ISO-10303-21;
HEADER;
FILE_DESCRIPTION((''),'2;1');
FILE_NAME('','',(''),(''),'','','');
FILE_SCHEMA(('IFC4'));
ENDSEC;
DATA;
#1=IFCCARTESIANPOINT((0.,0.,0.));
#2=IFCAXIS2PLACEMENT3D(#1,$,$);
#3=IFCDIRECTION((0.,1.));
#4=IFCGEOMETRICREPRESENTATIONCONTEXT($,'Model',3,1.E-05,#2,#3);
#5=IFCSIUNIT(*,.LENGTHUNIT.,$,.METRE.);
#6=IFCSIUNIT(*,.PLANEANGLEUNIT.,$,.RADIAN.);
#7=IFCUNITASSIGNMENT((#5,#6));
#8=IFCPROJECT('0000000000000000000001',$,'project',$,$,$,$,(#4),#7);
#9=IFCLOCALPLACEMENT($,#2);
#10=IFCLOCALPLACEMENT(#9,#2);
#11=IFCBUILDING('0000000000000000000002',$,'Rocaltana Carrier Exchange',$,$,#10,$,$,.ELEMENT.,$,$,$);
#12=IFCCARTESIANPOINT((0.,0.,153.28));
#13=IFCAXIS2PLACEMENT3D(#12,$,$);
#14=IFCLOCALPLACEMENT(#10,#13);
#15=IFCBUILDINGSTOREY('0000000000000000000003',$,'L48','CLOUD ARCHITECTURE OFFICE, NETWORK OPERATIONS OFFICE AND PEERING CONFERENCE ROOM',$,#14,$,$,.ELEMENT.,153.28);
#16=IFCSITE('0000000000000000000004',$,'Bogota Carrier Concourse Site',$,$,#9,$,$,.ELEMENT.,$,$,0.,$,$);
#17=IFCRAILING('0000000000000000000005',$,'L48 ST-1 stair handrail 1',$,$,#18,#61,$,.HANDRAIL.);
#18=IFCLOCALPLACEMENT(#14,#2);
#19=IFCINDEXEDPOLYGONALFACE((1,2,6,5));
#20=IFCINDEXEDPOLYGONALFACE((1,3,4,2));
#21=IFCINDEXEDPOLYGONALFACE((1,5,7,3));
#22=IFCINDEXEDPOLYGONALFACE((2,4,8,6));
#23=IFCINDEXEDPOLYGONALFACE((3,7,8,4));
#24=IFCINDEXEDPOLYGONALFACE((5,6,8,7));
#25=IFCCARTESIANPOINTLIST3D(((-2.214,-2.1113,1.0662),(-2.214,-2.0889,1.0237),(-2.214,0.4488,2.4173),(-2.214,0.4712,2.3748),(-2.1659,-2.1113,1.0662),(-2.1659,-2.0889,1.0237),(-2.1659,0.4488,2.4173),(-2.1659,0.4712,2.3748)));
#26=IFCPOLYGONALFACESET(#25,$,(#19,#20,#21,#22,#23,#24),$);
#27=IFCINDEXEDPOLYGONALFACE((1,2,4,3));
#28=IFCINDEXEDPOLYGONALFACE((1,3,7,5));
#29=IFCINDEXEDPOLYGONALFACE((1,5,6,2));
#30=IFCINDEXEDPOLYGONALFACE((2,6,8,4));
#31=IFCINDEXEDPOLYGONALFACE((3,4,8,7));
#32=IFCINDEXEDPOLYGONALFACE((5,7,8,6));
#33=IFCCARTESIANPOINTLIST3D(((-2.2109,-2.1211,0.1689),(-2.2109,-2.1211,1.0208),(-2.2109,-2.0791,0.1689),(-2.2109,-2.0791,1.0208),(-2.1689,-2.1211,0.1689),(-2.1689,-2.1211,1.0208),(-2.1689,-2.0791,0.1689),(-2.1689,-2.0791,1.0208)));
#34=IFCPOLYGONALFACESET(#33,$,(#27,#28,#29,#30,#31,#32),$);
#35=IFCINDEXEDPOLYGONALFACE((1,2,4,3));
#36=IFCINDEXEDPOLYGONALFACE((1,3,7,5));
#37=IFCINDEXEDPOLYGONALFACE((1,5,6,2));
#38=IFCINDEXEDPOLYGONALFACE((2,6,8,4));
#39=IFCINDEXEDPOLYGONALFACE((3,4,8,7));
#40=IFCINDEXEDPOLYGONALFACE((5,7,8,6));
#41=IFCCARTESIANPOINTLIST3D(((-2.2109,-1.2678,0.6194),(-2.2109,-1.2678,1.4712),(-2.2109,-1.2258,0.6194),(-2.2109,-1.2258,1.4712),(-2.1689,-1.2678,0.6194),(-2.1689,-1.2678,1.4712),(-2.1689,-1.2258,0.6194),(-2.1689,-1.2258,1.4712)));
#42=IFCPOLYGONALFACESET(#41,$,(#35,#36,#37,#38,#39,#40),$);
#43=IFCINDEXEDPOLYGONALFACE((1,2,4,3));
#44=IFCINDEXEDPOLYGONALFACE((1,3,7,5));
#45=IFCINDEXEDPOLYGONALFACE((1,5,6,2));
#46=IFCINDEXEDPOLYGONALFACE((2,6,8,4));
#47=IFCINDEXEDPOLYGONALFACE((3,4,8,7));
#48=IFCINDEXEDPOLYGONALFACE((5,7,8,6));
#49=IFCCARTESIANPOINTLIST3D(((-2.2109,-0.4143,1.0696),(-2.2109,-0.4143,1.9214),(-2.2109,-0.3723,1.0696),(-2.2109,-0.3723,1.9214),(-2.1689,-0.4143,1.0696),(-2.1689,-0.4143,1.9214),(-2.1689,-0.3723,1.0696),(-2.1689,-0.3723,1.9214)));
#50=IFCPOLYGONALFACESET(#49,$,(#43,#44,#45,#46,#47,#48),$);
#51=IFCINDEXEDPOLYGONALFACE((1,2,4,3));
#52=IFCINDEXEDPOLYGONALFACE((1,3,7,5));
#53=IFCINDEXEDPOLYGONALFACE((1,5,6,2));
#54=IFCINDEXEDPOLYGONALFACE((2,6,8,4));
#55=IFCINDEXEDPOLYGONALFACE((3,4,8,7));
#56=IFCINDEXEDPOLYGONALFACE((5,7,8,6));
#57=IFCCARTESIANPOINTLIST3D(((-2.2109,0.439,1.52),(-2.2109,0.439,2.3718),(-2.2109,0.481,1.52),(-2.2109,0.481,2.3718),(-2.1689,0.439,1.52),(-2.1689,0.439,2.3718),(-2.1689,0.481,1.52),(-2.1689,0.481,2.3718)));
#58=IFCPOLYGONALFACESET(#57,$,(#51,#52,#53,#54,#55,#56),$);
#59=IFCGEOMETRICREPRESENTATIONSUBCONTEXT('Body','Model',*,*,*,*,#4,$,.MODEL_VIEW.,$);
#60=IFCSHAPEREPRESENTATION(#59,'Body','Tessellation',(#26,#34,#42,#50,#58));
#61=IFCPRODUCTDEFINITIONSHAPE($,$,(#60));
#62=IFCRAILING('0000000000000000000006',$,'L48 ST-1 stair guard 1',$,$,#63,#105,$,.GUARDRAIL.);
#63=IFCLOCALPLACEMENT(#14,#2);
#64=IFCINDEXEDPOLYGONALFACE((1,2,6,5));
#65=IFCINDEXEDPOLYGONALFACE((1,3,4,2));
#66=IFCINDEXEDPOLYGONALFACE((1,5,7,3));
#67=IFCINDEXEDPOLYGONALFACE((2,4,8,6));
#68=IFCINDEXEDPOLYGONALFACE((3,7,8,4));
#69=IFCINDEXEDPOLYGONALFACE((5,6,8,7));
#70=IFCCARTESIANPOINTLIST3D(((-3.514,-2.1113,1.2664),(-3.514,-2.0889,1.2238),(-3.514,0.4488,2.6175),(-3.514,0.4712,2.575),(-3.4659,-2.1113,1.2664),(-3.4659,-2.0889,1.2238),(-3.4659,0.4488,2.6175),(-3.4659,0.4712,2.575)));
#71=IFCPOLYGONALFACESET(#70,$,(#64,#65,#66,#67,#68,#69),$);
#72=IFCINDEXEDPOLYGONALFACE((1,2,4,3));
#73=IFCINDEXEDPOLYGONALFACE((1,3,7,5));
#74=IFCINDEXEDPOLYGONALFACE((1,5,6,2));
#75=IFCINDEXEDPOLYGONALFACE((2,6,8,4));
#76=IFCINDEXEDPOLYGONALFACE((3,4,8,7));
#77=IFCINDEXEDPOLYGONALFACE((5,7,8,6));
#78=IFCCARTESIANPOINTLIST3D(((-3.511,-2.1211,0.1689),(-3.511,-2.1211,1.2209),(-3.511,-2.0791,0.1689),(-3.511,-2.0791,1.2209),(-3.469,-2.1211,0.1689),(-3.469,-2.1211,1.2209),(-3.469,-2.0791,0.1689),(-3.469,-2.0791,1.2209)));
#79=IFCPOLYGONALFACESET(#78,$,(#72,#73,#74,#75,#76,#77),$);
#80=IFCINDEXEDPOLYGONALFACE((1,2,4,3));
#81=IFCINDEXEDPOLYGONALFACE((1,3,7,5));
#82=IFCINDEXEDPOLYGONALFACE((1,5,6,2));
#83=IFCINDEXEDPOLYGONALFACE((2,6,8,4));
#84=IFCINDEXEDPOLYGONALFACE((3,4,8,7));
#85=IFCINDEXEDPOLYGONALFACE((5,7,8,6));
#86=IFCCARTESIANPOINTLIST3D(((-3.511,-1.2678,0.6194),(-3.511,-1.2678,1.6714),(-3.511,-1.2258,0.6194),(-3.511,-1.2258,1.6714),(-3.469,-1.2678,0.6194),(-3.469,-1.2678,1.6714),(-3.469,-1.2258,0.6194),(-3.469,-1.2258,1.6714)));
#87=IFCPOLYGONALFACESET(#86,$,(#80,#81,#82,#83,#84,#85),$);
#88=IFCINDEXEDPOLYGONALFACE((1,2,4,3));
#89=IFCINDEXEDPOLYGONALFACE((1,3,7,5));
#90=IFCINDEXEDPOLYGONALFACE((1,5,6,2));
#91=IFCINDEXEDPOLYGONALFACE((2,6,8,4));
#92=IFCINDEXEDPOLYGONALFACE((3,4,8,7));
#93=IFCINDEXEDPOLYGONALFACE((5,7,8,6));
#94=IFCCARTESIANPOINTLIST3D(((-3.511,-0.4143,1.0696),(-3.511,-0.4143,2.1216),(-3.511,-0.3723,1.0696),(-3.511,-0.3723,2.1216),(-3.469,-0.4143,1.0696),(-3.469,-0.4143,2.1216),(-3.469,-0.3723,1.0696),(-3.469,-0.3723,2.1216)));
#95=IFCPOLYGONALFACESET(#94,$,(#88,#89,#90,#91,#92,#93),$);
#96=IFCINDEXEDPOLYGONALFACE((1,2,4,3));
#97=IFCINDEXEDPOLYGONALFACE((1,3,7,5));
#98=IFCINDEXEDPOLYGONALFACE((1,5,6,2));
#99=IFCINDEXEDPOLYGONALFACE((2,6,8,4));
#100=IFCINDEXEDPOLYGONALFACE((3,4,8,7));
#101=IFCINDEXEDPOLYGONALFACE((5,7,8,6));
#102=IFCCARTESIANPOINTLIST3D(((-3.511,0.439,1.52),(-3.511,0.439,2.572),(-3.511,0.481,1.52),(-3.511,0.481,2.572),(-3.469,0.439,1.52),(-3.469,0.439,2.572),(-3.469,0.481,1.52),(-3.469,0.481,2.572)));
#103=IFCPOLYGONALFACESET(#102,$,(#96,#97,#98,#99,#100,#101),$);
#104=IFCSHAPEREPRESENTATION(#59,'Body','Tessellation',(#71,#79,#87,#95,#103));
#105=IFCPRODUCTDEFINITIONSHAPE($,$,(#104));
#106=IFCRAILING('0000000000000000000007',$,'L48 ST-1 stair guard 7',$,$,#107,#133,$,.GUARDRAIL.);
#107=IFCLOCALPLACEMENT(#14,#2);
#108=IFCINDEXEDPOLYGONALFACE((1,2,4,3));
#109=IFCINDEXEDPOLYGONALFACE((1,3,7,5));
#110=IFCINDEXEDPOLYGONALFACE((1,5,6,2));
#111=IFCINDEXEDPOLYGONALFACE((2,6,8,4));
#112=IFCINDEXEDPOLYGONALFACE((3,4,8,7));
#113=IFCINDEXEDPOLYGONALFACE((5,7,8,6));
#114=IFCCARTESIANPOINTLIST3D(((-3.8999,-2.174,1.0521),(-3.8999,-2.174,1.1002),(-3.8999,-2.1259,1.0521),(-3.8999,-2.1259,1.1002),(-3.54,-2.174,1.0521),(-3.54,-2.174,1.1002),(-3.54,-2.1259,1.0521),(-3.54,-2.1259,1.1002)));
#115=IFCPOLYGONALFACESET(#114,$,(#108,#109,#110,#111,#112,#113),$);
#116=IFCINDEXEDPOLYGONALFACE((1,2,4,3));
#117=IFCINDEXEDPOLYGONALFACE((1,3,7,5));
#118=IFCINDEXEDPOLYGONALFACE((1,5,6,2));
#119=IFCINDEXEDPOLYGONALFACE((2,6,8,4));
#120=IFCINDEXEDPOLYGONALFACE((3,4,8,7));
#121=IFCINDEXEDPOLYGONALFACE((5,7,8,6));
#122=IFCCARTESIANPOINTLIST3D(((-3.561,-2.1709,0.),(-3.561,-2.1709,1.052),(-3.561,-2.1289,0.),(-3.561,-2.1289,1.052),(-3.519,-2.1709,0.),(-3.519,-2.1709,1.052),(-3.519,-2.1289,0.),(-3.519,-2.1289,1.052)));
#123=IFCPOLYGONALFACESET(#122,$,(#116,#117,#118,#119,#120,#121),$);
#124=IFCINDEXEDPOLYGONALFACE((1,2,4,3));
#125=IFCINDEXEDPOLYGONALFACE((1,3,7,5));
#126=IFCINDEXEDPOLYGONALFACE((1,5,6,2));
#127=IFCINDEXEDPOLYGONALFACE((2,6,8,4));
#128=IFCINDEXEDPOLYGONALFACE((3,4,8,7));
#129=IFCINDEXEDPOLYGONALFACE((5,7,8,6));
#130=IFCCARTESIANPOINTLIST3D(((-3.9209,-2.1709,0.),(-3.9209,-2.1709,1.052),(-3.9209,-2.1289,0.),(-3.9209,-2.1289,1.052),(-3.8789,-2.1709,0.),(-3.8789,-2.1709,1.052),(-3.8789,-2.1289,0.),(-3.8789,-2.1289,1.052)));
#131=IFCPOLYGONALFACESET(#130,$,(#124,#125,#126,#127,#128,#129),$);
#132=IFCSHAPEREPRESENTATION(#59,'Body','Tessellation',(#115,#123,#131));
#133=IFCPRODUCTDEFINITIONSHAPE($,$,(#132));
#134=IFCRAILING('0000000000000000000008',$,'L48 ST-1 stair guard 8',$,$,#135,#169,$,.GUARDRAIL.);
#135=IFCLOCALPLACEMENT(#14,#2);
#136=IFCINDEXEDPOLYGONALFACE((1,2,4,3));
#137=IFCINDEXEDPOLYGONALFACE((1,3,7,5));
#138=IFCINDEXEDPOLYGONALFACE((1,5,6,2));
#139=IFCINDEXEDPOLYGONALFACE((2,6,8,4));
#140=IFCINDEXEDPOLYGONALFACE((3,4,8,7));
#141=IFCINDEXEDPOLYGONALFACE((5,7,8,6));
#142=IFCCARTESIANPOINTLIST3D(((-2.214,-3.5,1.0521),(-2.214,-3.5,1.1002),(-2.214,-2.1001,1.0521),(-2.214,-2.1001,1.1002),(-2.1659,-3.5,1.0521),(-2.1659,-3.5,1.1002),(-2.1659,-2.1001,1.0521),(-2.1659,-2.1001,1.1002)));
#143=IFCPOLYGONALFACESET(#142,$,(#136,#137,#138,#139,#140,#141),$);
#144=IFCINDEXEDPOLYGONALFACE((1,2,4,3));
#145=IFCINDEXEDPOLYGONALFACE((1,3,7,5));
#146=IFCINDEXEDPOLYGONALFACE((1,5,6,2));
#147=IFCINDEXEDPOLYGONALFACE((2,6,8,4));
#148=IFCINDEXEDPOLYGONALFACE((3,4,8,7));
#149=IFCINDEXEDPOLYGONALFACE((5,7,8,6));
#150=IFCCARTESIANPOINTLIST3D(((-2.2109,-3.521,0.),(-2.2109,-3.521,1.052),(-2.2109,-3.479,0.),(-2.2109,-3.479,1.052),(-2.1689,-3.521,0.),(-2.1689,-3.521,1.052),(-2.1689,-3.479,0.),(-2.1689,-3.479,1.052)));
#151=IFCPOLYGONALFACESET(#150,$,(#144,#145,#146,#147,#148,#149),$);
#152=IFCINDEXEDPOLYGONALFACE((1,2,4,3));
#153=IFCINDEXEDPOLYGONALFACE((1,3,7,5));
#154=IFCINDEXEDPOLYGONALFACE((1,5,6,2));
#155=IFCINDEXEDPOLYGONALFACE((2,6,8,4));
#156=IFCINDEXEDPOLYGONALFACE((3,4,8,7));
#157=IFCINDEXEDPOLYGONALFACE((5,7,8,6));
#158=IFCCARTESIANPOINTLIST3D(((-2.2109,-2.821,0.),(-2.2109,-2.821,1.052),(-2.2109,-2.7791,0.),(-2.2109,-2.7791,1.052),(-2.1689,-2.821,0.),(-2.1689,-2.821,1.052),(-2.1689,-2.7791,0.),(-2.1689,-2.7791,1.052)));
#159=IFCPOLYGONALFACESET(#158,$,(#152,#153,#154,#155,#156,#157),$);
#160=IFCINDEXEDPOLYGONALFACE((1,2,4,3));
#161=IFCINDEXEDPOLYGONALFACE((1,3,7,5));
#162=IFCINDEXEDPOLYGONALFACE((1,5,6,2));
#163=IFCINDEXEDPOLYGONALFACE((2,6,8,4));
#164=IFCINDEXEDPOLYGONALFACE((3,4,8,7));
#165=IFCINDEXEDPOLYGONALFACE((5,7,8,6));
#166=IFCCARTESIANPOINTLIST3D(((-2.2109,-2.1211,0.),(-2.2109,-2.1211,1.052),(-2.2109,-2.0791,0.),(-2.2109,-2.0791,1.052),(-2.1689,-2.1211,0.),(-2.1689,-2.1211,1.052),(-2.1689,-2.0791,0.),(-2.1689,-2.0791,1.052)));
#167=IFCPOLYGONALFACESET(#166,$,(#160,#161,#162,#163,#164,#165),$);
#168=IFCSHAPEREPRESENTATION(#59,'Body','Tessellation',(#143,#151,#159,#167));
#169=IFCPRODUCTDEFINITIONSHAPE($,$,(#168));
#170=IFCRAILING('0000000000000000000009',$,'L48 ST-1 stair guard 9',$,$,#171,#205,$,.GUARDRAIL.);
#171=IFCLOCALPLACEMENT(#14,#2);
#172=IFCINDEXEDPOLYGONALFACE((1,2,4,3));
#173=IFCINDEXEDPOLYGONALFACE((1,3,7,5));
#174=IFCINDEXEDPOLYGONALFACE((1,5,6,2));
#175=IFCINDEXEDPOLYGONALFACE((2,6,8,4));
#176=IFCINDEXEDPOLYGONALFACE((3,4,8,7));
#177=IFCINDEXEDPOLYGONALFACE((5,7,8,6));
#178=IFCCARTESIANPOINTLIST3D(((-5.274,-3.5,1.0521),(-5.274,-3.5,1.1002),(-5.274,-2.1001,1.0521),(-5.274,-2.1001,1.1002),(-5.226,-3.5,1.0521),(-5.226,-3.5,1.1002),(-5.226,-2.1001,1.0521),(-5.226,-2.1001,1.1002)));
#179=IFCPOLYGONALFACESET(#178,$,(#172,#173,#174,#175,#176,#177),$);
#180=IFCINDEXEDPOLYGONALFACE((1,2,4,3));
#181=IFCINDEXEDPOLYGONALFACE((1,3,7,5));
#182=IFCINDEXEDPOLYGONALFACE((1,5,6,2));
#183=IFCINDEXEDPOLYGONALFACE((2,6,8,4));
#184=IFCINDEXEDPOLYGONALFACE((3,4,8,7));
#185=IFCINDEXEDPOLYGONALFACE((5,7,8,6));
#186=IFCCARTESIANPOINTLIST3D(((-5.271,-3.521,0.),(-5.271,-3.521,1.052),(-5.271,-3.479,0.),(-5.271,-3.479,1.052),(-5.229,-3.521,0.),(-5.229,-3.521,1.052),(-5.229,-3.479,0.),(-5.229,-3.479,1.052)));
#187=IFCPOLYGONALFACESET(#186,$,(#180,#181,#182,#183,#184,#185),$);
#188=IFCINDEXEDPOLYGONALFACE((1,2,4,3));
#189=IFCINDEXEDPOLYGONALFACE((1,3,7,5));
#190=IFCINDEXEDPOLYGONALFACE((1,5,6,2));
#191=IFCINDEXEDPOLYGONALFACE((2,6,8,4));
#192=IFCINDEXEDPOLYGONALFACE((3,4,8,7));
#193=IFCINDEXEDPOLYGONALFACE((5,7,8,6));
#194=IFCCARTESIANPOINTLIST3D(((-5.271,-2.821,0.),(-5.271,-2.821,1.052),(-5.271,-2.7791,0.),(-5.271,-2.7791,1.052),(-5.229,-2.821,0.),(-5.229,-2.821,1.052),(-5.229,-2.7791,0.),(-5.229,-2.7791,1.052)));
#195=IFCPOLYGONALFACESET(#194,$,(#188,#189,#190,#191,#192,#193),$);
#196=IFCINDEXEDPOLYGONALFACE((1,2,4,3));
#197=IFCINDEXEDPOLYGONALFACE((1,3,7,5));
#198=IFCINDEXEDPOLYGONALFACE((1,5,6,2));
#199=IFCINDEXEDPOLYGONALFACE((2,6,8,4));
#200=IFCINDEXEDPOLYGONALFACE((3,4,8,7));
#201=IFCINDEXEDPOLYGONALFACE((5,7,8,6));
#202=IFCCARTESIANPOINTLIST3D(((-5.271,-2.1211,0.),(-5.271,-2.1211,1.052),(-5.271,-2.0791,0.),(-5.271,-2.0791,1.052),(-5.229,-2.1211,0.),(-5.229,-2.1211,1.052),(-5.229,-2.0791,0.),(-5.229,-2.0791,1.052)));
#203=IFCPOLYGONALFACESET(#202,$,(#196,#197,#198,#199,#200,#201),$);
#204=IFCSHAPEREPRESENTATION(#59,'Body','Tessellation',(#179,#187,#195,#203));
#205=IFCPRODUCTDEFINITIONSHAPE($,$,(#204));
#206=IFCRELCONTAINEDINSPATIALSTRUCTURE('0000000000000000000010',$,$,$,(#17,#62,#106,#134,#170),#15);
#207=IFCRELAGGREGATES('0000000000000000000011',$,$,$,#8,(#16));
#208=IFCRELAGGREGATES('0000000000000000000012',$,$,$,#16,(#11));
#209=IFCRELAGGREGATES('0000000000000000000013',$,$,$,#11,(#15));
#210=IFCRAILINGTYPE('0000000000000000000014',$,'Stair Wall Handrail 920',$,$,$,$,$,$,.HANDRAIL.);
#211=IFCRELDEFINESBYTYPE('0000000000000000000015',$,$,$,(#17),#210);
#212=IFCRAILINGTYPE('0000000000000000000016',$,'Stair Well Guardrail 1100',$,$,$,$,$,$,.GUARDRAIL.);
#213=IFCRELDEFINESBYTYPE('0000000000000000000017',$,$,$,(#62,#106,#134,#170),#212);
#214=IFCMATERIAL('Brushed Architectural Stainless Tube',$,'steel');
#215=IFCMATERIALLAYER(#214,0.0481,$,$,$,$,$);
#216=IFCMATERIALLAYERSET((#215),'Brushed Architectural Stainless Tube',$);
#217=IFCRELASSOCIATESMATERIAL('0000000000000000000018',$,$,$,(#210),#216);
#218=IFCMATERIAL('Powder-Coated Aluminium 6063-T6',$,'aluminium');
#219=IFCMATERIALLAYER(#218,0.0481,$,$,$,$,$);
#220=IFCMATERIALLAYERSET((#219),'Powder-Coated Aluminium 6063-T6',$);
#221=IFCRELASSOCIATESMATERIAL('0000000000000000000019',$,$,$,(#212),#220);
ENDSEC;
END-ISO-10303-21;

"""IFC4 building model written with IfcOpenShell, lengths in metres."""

from ifc_helpers import new_model, si_unit, direction, frame, origin, origin_2d, place, context, subcontext, project, spatial, rectangle, extrude, material, layer, layer_set, type_object, element, save


model = new_model("IFC4")

# Units and contexts
model_context = context("Model", 3, precision=1e-05, world=origin(), true_north=direction((0.0, 1.0)))
body_context = subcontext(model_context, "Body", "Model", "MODEL_VIEW")
ifc_project = project(units=[si_unit("LENGTHUNIT", "METRE"), si_unit("PLANEANGLEUNIT", "RADIAN")], contexts=[model_context])

# Site, building, storey
site_placement = place(None, origin())
site = spatial("IfcSite", under=ifc_project, at=site_placement, Name="Bogota Carrier Concourse Site", CompositionType="ELEMENT", RefElevation=0.0)
building_placement = place(site_placement, origin())
building = spatial("IfcBuilding", under=site, at=building_placement, Name="Rocaltana Carrier Exchange", CompositionType="ELEMENT")
storey_placement = place(building_placement, frame((0.0, 0.0, 153.28)))
storey = spatial("IfcBuildingStorey", under=building, at=storey_placement, Name="L48", Description="CLOUD ARCHITECTURE OFFICE, NETWORK OPERATIONS OFFICE AND PEERING CONFERENCE ROOM", CompositionType="ELEMENT", Elevation=153.28)

# Railings
ifc_material_1 = material(Name="Brushed Architectural Stainless Tube", Category="steel")
ifc_layer_1 = layer(ifc_material_1, 0.0481)
ifc_layer_set_1 = layer_set([ifc_layer_1], Name="Brushed Architectural Stainless Tube")
railing_type_1 = type_object("IfcRailingType", Name="Stair Wall Handrail 920", PredefinedType="HANDRAIL", material=ifc_layer_set_1)
railing_1_placement = place(storey_placement, frame((-2.1899, -2.1001, 0.1689)))
element("IfcRailing", 1, at=railing_1_placement, inside=storey, type_object=railing_type_1, Name="L48 ST-1 stair handrail 1", PredefinedType="HANDRAIL", context=body_context, shape_type="SweptSolid", body=[
    extrude(rectangle(XDim=0.0481, YDim=0.0481, at=origin_2d()), frame((0.0, 0.0, 0.876), z_axis=(0.0, 0.884394, 0.46674), x_axis=(-1.0, 0.0, 0.0)), (0.0, 0.0, 1.0), 2.8948),
    extrude(rectangle(XDim=0.042, YDim=0.042, at=origin_2d()), origin(), (0.0, 0.0, 1.0), 0.8518),
    extrude(rectangle(XDim=0.042, YDim=0.042, at=origin_2d()), frame((0.0, 0.8533, 0.4504)), (0.0, 0.0, 1.0), 0.8518),
    extrude(rectangle(XDim=0.042, YDim=0.042, at=origin_2d()), frame((0.0, 1.7068, 0.9006)), (0.0, 0.0, 1.0), 0.8518),
    extrude(rectangle(XDim=0.042, YDim=0.042, at=origin_2d()), frame((0.0, 2.5601, 1.3511)), (0.0, 0.0, 1.0), 0.8518),
])
ifc_material_2 = material(Name="Powder-Coated Aluminium 6063-T6", Category="aluminium")
ifc_layer_2 = layer(ifc_material_2, 0.0481)
ifc_layer_set_2 = layer_set([ifc_layer_2], Name="Powder-Coated Aluminium 6063-T6")
railing_type_2 = type_object("IfcRailingType", Name="Stair Well Guardrail 1100", PredefinedType="GUARDRAIL", material=ifc_layer_set_2)
railing_2_placement = place(storey_placement, frame((-3.49, -2.1001, 0.1689)))
element("IfcRailing", 2, at=railing_2_placement, inside=storey, type_object=railing_type_2, Name="L48 ST-1 stair guard 1", PredefinedType="GUARDRAIL", context=body_context, shape_type="SweptSolid", body=[
    extrude(rectangle(XDim=0.0481, YDim=0.0481, at=origin_2d()), frame((0.0, 0.0, 1.0762), z_axis=(0.0, 0.884394, 0.46674), x_axis=(-1.0, 0.0, 0.0)), (0.0, 0.0, 1.0), 2.8948),
    extrude(rectangle(XDim=0.042, YDim=0.042, at=origin_2d()), origin(), (0.0, 0.0, 1.0), 1.052),
    extrude(rectangle(XDim=0.042, YDim=0.042, at=origin_2d()), frame((0.0, 0.8533, 0.4504)), (0.0, 0.0, 1.0), 1.052),
    extrude(rectangle(XDim=0.042, YDim=0.042, at=origin_2d()), frame((0.0, 1.7068, 0.9006)), (0.0, 0.0, 1.0), 1.052),
    extrude(rectangle(XDim=0.042, YDim=0.042, at=origin_2d()), frame((0.0, 2.5601, 1.3511)), (0.0, 0.0, 1.0), 1.052),
])
railing_3_placement = place(storey_placement, frame((-3.54, -2.1499, 0.0)))
element("IfcRailing", 3, at=railing_3_placement, inside=storey, type_object=railing_type_2, Name="L48 ST-1 stair guard 7", PredefinedType="GUARDRAIL", context=body_context, shape_type="SweptSolid", body=[
    extrude(rectangle(XDim=0.0481, YDim=0.0481, at=origin_2d()), frame((0.0, 0.0, 1.0762), z_axis=(-1.0, 0.0, 0.0), x_axis=(0.0, -1.0, 0.0)), (0.0, 0.0, 1.0), 0.3599),
    extrude(rectangle(XDim=0.042, YDim=0.042, at=origin_2d()), origin(), (0.0, 0.0, 1.0), 1.052),
    extrude(rectangle(XDim=0.042, YDim=0.042, at=origin_2d()), frame((-0.3599, 0.0, 0.0)), (0.0, 0.0, 1.0), 1.052),
])
for number, where, name in (
    (4, (-2.1899, -3.5, 0.0), "L48 ST-1 stair guard 8"),
    (5, (-5.25, -3.5, 0.0), "L48 ST-1 stair guard 9"),
):
    element("IfcRailing", number, at=place(storey_placement, frame(where)), inside=storey, type_object=railing_type_2, Name=name, PredefinedType="GUARDRAIL", context=body_context, shape_type="SweptSolid", body=[
        extrude(rectangle(XDim=0.0481, YDim=0.0481, at=origin_2d()), frame((0.0, 0.0, 1.0762), z_axis=(0.0, 1.0, 0.0), x_axis=(-1.0, 0.0, 0.0)), (0.0, 0.0, 1.0), 1.3999),
        extrude(rectangle(XDim=0.042, YDim=0.042, at=origin_2d()), origin(), (0.0, 0.0, 1.0), 1.052),
        extrude(rectangle(XDim=0.042, YDim=0.042, at=origin_2d()), frame((0.0, 0.7, 0.0)), (0.0, 0.0, 1.0), 1.052),
        extrude(rectangle(XDim=0.042, YDim=0.042, at=origin_2d()), frame((0.0, 1.3999, 0.0)), (0.0, 0.0, 1.0), 1.052),
    ])

save(model, "model.ifc")
